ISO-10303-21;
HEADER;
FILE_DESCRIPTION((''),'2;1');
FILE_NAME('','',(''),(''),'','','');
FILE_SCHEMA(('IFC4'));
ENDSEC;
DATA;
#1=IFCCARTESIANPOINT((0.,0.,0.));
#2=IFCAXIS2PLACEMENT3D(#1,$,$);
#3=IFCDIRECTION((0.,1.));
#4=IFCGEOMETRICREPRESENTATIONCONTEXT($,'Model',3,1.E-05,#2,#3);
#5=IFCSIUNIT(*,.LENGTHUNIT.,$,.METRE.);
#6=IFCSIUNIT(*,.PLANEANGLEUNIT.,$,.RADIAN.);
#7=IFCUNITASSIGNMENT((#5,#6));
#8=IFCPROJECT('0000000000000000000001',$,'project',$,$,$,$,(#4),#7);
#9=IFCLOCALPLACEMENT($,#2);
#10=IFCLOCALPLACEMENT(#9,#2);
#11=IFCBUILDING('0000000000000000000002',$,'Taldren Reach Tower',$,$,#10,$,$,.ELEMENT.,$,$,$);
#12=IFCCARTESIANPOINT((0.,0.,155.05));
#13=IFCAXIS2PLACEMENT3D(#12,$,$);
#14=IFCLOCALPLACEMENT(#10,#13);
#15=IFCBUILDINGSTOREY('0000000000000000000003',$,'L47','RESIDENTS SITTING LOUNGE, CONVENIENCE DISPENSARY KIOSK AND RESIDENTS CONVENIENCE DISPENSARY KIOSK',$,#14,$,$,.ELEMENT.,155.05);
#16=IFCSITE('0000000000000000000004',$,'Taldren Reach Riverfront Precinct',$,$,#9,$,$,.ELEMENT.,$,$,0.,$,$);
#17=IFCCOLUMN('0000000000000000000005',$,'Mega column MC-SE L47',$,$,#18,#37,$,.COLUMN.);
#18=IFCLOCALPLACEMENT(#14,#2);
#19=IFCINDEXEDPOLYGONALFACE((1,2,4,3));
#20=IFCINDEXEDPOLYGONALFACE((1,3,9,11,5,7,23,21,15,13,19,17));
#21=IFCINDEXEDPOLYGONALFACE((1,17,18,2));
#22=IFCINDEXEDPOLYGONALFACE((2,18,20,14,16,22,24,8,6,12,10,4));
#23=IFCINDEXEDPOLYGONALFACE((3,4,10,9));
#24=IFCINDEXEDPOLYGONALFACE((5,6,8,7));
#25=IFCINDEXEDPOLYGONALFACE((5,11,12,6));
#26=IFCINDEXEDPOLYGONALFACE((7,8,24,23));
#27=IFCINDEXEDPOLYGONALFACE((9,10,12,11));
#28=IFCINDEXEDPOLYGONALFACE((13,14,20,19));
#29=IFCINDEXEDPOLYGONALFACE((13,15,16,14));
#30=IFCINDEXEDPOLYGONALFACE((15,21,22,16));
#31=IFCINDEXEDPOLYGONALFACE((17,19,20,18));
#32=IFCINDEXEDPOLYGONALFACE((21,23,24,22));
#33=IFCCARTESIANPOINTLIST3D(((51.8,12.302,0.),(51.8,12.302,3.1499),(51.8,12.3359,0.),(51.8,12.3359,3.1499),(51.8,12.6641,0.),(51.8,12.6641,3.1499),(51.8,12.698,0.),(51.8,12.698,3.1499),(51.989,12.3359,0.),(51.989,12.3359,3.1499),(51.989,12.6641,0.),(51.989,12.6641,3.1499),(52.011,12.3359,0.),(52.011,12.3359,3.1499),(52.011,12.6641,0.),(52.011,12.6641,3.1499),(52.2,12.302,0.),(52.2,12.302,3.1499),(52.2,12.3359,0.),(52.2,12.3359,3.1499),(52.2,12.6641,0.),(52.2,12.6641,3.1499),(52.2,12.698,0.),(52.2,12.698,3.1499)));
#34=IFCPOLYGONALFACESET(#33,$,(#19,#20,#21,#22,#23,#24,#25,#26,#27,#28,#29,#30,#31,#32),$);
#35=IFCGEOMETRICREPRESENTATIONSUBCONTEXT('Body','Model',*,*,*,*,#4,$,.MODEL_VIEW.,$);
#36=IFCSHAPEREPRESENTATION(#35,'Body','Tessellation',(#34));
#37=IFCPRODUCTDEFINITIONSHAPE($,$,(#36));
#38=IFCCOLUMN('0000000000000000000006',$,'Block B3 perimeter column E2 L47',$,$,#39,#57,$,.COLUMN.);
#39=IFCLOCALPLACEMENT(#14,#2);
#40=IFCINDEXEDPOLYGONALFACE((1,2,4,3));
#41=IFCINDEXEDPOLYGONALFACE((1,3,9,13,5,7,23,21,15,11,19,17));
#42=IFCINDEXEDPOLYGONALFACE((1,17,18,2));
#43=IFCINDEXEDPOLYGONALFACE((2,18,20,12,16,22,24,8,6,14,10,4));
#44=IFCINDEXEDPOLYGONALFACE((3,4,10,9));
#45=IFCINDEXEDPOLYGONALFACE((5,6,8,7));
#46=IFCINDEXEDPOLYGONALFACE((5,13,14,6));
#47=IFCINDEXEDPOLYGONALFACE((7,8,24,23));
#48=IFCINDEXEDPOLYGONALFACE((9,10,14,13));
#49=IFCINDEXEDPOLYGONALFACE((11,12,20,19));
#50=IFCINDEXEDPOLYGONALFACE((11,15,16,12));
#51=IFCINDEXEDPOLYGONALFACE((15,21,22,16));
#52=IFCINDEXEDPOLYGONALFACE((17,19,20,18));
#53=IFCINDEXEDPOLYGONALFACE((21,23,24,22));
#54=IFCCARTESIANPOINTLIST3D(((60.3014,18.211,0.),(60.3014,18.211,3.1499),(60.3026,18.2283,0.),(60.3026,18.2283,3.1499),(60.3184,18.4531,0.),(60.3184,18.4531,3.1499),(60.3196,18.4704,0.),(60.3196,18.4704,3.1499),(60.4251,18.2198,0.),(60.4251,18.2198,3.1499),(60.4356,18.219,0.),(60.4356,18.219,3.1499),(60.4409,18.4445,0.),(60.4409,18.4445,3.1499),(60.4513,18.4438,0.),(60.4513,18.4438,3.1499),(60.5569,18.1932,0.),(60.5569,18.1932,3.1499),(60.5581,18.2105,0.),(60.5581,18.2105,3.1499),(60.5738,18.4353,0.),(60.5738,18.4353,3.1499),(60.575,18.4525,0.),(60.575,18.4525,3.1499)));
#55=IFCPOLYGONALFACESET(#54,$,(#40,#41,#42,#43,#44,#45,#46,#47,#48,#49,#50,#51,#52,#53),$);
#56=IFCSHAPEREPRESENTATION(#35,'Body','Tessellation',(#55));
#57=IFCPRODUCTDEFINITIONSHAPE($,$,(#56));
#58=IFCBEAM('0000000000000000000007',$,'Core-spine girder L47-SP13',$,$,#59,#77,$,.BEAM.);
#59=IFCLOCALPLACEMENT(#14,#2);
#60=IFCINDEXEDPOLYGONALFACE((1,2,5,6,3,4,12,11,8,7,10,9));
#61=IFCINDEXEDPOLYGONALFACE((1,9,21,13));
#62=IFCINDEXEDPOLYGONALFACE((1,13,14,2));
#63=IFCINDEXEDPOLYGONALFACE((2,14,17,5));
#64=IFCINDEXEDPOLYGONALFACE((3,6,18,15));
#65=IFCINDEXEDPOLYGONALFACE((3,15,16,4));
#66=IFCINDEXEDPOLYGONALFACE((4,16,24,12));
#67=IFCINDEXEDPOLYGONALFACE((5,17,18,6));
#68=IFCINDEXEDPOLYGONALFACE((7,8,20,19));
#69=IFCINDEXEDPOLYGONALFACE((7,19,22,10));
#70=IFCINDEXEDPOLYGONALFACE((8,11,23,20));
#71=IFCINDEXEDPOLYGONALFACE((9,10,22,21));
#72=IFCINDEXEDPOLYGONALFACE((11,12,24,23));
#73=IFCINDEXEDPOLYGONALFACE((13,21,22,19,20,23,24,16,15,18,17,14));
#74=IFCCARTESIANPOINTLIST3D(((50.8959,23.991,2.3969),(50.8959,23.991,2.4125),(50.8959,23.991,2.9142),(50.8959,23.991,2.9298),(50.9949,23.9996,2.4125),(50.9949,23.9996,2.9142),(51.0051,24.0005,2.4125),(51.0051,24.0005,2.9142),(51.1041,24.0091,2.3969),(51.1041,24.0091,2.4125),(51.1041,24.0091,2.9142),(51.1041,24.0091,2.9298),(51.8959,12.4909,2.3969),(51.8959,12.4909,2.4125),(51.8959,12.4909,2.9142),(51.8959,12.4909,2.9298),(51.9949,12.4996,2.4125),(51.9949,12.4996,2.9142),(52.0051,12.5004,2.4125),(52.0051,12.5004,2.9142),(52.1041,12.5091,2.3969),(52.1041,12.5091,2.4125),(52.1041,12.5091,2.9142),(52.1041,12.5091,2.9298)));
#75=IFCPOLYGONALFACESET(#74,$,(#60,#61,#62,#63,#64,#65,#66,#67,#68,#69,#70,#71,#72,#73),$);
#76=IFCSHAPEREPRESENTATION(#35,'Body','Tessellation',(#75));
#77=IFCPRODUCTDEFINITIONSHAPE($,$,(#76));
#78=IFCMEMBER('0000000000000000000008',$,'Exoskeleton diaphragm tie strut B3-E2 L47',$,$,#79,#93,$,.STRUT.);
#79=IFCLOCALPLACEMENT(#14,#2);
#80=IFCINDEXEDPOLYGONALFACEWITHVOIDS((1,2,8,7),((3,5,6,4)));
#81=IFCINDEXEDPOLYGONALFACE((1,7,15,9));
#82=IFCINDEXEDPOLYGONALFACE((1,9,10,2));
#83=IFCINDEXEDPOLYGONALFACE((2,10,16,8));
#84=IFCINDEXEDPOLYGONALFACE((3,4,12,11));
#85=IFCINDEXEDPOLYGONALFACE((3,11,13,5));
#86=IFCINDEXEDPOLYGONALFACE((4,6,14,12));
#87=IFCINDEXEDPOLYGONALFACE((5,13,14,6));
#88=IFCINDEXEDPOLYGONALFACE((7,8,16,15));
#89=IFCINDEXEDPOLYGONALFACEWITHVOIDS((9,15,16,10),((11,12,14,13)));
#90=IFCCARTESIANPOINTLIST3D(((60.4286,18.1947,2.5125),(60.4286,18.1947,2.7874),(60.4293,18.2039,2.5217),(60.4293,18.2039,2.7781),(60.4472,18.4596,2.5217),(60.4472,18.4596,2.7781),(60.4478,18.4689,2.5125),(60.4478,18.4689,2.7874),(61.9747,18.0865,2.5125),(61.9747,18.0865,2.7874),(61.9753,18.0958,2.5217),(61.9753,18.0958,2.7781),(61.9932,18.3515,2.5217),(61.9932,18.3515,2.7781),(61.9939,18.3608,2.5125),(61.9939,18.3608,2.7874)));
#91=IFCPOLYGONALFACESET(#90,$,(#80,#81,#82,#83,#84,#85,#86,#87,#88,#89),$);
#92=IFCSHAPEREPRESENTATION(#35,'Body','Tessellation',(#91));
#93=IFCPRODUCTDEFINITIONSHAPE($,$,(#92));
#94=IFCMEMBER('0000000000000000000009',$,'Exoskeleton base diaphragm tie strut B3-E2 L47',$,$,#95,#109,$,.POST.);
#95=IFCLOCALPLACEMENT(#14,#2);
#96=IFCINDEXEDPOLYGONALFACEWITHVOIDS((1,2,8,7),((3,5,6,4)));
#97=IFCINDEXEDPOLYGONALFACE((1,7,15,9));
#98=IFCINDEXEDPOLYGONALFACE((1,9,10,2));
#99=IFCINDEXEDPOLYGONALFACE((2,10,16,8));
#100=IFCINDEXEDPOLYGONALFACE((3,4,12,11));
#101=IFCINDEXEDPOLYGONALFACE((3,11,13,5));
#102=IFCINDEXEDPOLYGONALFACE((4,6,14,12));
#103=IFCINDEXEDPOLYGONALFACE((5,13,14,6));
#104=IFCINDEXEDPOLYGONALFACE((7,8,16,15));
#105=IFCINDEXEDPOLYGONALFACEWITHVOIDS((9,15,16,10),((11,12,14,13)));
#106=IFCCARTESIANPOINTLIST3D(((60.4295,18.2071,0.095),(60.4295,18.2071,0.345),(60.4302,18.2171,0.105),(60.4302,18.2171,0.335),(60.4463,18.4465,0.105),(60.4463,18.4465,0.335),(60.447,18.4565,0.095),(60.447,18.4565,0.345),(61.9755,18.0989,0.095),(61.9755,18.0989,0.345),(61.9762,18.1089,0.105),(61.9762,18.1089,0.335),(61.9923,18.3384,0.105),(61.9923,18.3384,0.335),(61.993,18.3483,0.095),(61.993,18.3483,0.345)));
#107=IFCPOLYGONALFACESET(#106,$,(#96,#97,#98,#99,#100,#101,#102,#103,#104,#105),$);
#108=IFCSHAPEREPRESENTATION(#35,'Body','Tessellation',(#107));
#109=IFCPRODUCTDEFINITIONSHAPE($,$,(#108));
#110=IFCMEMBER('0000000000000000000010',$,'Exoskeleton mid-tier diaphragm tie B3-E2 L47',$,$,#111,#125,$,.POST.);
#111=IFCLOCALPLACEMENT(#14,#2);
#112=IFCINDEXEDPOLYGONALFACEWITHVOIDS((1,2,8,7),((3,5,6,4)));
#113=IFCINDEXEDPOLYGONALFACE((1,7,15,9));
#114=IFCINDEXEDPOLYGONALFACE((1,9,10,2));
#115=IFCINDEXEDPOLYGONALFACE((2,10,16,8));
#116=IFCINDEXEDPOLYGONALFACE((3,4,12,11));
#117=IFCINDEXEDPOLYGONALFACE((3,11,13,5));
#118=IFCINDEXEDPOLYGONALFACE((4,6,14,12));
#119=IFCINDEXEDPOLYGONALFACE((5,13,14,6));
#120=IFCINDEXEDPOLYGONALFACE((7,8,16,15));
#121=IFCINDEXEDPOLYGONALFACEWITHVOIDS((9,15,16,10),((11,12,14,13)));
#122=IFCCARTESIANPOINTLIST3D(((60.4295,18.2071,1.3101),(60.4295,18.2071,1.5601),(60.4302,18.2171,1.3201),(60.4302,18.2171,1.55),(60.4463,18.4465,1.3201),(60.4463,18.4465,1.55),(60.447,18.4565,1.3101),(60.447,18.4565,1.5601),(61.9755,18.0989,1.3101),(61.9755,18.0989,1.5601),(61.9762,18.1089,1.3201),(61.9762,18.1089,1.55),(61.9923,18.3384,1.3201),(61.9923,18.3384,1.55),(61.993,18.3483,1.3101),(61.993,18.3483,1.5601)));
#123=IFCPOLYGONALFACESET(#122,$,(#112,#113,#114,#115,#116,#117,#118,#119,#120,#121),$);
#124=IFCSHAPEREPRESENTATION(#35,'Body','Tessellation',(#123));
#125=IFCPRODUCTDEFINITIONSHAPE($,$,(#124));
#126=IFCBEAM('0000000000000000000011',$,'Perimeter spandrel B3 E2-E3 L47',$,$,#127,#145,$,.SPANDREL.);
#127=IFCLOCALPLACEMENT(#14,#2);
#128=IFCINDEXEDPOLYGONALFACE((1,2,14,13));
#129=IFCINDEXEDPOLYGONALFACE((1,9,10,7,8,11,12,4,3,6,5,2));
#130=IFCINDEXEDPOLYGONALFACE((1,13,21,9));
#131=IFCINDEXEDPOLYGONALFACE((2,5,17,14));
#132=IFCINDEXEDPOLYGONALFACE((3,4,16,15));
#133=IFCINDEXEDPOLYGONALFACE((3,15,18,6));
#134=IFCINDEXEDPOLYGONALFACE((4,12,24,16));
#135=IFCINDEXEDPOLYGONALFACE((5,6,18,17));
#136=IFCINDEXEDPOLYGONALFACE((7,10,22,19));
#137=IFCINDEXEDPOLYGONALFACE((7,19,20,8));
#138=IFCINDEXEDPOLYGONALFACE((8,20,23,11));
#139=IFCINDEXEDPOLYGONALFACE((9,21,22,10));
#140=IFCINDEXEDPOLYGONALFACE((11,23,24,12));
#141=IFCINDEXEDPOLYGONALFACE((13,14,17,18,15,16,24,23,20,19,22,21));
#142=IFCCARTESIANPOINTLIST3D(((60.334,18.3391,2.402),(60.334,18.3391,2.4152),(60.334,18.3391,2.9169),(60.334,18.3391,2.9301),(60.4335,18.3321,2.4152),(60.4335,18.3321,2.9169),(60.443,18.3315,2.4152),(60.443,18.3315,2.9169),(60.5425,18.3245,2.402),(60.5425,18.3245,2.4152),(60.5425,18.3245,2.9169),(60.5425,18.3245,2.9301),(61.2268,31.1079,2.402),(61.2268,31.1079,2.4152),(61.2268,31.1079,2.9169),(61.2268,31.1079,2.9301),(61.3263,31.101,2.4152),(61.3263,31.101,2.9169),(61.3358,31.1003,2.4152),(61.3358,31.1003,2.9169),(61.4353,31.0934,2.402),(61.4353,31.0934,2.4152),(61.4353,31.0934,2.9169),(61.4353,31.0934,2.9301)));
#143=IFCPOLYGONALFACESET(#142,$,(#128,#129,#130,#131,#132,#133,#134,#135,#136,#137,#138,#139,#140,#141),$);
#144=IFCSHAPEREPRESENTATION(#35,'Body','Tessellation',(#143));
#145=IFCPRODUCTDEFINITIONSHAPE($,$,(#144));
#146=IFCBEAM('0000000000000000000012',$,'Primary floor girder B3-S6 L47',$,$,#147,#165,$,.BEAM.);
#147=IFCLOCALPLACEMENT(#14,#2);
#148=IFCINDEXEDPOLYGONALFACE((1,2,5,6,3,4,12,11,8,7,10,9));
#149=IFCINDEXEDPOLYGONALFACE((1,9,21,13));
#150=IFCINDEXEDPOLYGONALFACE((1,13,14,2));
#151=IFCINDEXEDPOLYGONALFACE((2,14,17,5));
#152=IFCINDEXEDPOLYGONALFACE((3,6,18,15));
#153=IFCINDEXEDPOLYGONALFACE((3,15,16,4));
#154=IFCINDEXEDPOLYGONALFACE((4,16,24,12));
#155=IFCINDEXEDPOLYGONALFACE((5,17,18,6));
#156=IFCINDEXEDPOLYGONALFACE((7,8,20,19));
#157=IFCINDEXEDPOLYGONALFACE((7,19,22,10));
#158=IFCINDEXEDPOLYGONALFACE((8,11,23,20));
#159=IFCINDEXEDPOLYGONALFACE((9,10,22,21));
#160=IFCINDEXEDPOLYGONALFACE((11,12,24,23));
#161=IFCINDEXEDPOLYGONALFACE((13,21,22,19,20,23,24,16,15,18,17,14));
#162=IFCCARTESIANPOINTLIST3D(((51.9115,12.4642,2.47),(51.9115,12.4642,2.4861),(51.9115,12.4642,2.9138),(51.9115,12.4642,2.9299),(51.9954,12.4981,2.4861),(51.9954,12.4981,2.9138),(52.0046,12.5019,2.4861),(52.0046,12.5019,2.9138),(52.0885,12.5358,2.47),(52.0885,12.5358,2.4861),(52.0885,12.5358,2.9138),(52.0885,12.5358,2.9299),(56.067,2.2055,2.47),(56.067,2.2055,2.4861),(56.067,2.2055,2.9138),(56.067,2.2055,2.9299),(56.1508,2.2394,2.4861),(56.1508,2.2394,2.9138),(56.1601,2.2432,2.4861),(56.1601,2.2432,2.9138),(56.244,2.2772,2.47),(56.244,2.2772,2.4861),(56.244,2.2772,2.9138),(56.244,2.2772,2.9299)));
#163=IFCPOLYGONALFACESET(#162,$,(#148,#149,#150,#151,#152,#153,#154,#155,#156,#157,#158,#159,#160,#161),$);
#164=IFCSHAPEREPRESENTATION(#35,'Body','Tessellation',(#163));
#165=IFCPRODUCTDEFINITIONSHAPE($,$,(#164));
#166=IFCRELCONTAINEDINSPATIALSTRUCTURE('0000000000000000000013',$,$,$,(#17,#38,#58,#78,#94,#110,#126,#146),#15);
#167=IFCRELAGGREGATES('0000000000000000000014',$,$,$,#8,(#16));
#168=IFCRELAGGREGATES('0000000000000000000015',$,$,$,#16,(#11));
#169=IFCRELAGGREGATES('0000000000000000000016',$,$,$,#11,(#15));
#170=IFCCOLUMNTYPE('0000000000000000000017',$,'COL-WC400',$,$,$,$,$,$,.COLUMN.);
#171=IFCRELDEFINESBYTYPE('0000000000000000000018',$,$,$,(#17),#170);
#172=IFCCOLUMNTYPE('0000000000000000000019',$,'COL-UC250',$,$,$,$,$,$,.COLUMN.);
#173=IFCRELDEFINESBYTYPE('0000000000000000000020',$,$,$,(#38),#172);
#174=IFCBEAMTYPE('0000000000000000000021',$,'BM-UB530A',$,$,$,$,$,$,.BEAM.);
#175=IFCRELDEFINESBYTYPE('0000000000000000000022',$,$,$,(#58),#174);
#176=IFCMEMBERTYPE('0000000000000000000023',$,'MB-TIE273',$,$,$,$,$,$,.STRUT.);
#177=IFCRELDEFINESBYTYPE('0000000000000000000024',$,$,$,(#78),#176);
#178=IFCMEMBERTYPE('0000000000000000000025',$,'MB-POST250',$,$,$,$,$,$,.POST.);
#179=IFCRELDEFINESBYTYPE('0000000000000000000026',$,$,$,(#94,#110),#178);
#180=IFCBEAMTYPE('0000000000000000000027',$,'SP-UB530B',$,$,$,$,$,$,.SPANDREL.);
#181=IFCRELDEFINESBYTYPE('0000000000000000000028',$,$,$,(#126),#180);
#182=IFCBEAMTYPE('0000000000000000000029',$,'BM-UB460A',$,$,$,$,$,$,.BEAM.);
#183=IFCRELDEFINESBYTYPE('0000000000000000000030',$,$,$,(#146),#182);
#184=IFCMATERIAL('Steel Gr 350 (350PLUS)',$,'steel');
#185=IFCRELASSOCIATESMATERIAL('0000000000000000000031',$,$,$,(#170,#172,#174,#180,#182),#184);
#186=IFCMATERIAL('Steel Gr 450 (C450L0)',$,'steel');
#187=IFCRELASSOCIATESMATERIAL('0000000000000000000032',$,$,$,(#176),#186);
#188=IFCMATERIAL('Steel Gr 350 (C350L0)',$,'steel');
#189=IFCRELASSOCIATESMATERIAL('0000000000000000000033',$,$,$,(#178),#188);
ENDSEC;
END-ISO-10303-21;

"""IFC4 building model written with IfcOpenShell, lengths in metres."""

from ifc_helpers import new_model, si_unit, direction, frame, origin, origin_2d, place, context, subcontext, project, spatial, hollow_rectangle, i_section, extrude, source, transform, mapped, material, material_profile, profile_set, type_object, element, save


model = new_model("IFC4")

# Units and contexts
model_context = context("Model", 3, precision=1e-05, world=origin(), true_north=direction((0.0, 1.0)))
body_context = subcontext(model_context, "Body", "Model", "MODEL_VIEW")
ifc_project = project(units=[si_unit("LENGTHUNIT", "METRE"), si_unit("PLANEANGLEUNIT", "RADIAN")], contexts=[model_context])

# Site, building, storey
site_placement = place(None, origin())
site = spatial("IfcSite", under=ifc_project, at=site_placement, Name="Taldren Reach Riverfront Precinct", CompositionType="ELEMENT", RefElevation=0.0)
building_placement = place(site_placement, origin())
building = spatial("IfcBuilding", under=site, at=building_placement, Name="Taldren Reach Tower", CompositionType="ELEMENT")
storey_placement = place(building_placement, frame((0.0, 0.0, 155.05)))
storey = spatial("IfcBuildingStorey", under=building, at=storey_placement, Name="L47", Description="RESIDENTS SITTING LOUNGE, CONVENIENCE DISPENSARY KIOSK AND RESIDENTS CONVENIENCE DISPENSARY KIOSK", CompositionType="ELEMENT", Elevation=155.05)

# Columns
ifc_material_1 = material(Name="Steel Gr 350 (350PLUS)", Category="steel")
ifc_material_profile_1 = material_profile(ifc_material_1, i_section(OverallWidth=0.3999, OverallDepth=0.396, WebThickness=0.022, FlangeThickness=0.0339, at=origin_2d()), Name="400WC270")
ifc_profile_set_1 = profile_set([ifc_material_profile_1], Name="Steel Gr 350 (350PLUS)")
column_type_1 = type_object("IfcColumnType", Name="COL-WC400", PredefinedType="COLUMN", material=ifc_profile_set_1)
shared_shape_1 = source(origin(), body_context, "Body", "SweptSolid", [
    extrude(i_section(OverallWidth=0.3999, OverallDepth=0.396, WebThickness=0.022, FlangeThickness=0.0339, at=origin_2d()), origin(), (0.0, 0.0, 1.0), 3.1499),
])
column_1_placement = place(storey_placement, frame((52.0, 12.5, 0.0), z_axis=(0.0, 0.0, 1.0), x_axis=(1.0, 0.0, 0.0)))
element("IfcColumn", 1, at=column_1_placement, inside=storey, type_object=column_type_1, Name="Mega column MC-SE L47", PredefinedType="COLUMN", context=body_context, shape_type="MappedRepresentation", body=[
    mapped(shared_shape_1, transform((0.0, 0.0, 0.0), scale=1.0)),
])
ifc_material_profile_2 = material_profile(ifc_material_1, i_section(OverallWidth=0.2561, OverallDepth=0.26, WebThickness=0.0105, FlangeThickness=0.0173, at=origin_2d()), Name="250UC89.5")
ifc_profile_set_2 = profile_set([ifc_material_profile_2], Name="Steel Gr 350 (350PLUS)")
column_type_2 = type_object("IfcColumnType", Name="COL-UC250", PredefinedType="COLUMN", material=ifc_profile_set_2)
shared_shape_2 = source(origin(), body_context, "Body", "SweptSolid", [
    extrude(i_section(OverallWidth=0.2561, OverallDepth=0.26, WebThickness=0.0105, FlangeThickness=0.0173, at=origin_2d()), origin(), (0.0, 0.0, 1.0), 3.1499),
])
column_2_placement = place(storey_placement, frame((60.4382, 18.3318, 0.0), z_axis=(0.0, 0.0, 1.0), x_axis=(0.997564, -0.069756, 0.0)))
element("IfcColumn", 2, at=column_2_placement, inside=storey, type_object=column_type_2, Name="Block B3 perimeter column E2 L47", PredefinedType="COLUMN", context=body_context, shape_type="MappedRepresentation", body=[
    mapped(shared_shape_2, transform((0.0, 0.0, 0.0), scale=1.0)),
])

# Beam
ifc_material_profile_3 = material_profile(ifc_material_1, i_section(OverallWidth=0.209, OverallDepth=0.533, WebThickness=0.0103, FlangeThickness=0.0156, at=origin_2d()), Name="530UB92.4")
ifc_profile_set_3 = profile_set([ifc_material_profile_3], Name="Steel Gr 350 (350PLUS)")
beam_type_1 = type_object("IfcBeamType", Name="BM-UB530A", PredefinedType="BEAM", material=ifc_profile_set_3)
shared_shape_3 = source(origin(), body_context, "Body", "SweptSolid", [
    extrude(i_section(OverallWidth=0.209, OverallDepth=0.533, WebThickness=0.0103, FlangeThickness=0.0156, at=origin_2d()), origin(), (0.0, 0.0, 1.0), 11.5435),
])
beam_1_placement = place(storey_placement, frame((52.0, 12.5, 2.6633), z_axis=(-0.08663, 0.996241, 0.0), x_axis=(-0.996241, -0.08663, 0.0)))
element("IfcBeam", 3, at=beam_1_placement, inside=storey, type_object=beam_type_1, Name="Core-spine girder L47-SP13", PredefinedType="BEAM", context=body_context, shape_type="MappedRepresentation", body=[
    mapped(shared_shape_3, transform((0.0, 0.0, 0.0), scale=1.0)),
])

# Members
ifc_material_2 = material(Name="Steel Gr 450 (C450L0)", Category="steel")
ifc_material_profile_4 = material_profile(ifc_material_2, hollow_rectangle(XDim=0.2749, YDim=0.2749, WallThickness=0.0093, at=origin_2d()), Name="275x275x9.3SHS")
ifc_profile_set_4 = profile_set([ifc_material_profile_4], Name="Steel Gr 450 (C450L0)")
member_type_1 = type_object("IfcMemberType", Name="MB-TIE273", PredefinedType="STRUT", material=ifc_profile_set_4)
shared_shape_4 = source(origin(), body_context, "Body", "SweptSolid", [
    extrude(hollow_rectangle(XDim=0.2749, YDim=0.2749, WallThickness=0.0093, at=origin_2d()), origin(), (0.0, 0.0, 1.0), 1.5498),
])
member_1_placement = place(storey_placement, frame((60.4382, 18.3318, 2.6499), z_axis=(0.997562, -0.069781, 0.0), x_axis=(0.069781, 0.997562, 0.0)))
element("IfcMember", 4, at=member_1_placement, inside=storey, type_object=member_type_1, Name="Exoskeleton diaphragm tie strut B3-E2 L47", PredefinedType="STRUT", context=body_context, shape_type="MappedRepresentation", body=[
    mapped(shared_shape_4, transform((0.0, 0.0, 0.0), scale=1.0)),
])
ifc_material_3 = material(Name="Steel Gr 350 (C350L0)", Category="steel")
ifc_material_profile_5 = material_profile(ifc_material_3, hollow_rectangle(XDim=0.25, YDim=0.25, WallThickness=0.01, at=origin_2d()), Name="250x250x10.0SHS")
ifc_profile_set_5 = profile_set([ifc_material_profile_5], Name="Steel Gr 350 (C350L0)")
member_type_2 = type_object("IfcMemberType", Name="MB-POST250", PredefinedType="POST", material=ifc_profile_set_5)
shared_shape_5 = source(origin(), body_context, "Body", "SweptSolid", [
    extrude(hollow_rectangle(XDim=0.25, YDim=0.25, WallThickness=0.01, at=origin_2d()), origin(), (0.0, 0.0, 1.0), 1.5498),
])
for number, where, z_axis, x_axis, name in (
    (5, (60.4382, 18.3318, 0.22), (0.997562, -0.069781, 0.0), (0.069781, 0.997562, 0.0), "Exoskeleton base diaphragm tie strut B3-E2 L47"),
    (6, (60.4382, 18.3318, 1.4351), (0.997562, -0.069781, 0.0), (0.069781, 0.997562, 0.0), "Exoskeleton mid-tier diaphragm tie B3-E2 L47"),
):
    element("IfcMember", number, at=place(storey_placement, frame(where, z_axis=z_axis, x_axis=x_axis)), inside=storey, type_object=member_type_2, Name=name, PredefinedType="POST", context=body_context, shape_type="MappedRepresentation", body=[
        mapped(shared_shape_5, transform((0.0, 0.0, 0.0), scale=1.0)),
    ])

# Beams
ifc_material_profile_6 = material_profile(ifc_material_1, i_section(OverallWidth=0.209, OverallDepth=0.5281, WebThickness=0.0095, FlangeThickness=0.0132, at=origin_2d()), Name="530UB82.0")
ifc_profile_set_6 = profile_set([ifc_material_profile_6], Name="Steel Gr 350 (350PLUS)")
beam_type_2 = type_object("IfcBeamType", Name="SP-UB530B", PredefinedType="SPANDREL", material=ifc_profile_set_6)
shared_shape_6 = source(origin(), body_context, "Body", "SweptSolid", [
    extrude(i_section(OverallWidth=0.209, OverallDepth=0.5281, WebThickness=0.0095, FlangeThickness=0.0132, at=origin_2d()), origin(), (0.0, 0.0, 1.0), 12.8),
])
beam_2_placement = place(storey_placement, frame((60.4382, 18.3318, 2.666), z_axis=(0.069752, 0.997564, 0.0), x_axis=(-0.997564, 0.069752, 0.0)))
element("IfcBeam", 7, at=beam_2_placement, inside=storey, type_object=beam_type_2, Name="Perimeter spandrel B3 E2-E3 L47", PredefinedType="SPANDREL", context=body_context, shape_type="MappedRepresentation", body=[
    mapped(shared_shape_6, transform((0.0, 0.0, 0.0), scale=1.0)),
])
ifc_material_profile_7 = material_profile(ifc_material_1, i_section(OverallWidth=0.1909, OverallDepth=0.46, WebThickness=0.01, FlangeThickness=0.0161, at=origin_2d()), Name="460UB82.1")
ifc_profile_set_7 = profile_set([ifc_material_profile_7], Name="Steel Gr 350 (350PLUS)")
beam_type_3 = type_object("IfcBeamType", Name="BM-UB460A", PredefinedType="BEAM", material=ifc_profile_set_7)
shared_shape_7 = source(origin(), body_context, "Body", "SweptSolid", [
    extrude(i_section(OverallWidth=0.1909, OverallDepth=0.46, WebThickness=0.01, FlangeThickness=0.0161, at=origin_2d()), origin(), (0.0, 0.0, 1.0), 11.0684),
])
beam_3_placement = place(storey_placement, frame((52.0, 12.5, 2.7), z_axis=(0.375437, -0.926848, 0.0), x_axis=(0.926848, 0.375437, 0.0)))
element("IfcBeam", 8, at=beam_3_placement, inside=storey, type_object=beam_type_3, Name="Primary floor girder B3-S6 L47", PredefinedType="BEAM", context=body_context, shape_type="MappedRepresentation", body=[
    mapped(shared_shape_7, transform((0.0, 0.0, 0.0), scale=1.0)),
])

save(model, "model.ifc")
